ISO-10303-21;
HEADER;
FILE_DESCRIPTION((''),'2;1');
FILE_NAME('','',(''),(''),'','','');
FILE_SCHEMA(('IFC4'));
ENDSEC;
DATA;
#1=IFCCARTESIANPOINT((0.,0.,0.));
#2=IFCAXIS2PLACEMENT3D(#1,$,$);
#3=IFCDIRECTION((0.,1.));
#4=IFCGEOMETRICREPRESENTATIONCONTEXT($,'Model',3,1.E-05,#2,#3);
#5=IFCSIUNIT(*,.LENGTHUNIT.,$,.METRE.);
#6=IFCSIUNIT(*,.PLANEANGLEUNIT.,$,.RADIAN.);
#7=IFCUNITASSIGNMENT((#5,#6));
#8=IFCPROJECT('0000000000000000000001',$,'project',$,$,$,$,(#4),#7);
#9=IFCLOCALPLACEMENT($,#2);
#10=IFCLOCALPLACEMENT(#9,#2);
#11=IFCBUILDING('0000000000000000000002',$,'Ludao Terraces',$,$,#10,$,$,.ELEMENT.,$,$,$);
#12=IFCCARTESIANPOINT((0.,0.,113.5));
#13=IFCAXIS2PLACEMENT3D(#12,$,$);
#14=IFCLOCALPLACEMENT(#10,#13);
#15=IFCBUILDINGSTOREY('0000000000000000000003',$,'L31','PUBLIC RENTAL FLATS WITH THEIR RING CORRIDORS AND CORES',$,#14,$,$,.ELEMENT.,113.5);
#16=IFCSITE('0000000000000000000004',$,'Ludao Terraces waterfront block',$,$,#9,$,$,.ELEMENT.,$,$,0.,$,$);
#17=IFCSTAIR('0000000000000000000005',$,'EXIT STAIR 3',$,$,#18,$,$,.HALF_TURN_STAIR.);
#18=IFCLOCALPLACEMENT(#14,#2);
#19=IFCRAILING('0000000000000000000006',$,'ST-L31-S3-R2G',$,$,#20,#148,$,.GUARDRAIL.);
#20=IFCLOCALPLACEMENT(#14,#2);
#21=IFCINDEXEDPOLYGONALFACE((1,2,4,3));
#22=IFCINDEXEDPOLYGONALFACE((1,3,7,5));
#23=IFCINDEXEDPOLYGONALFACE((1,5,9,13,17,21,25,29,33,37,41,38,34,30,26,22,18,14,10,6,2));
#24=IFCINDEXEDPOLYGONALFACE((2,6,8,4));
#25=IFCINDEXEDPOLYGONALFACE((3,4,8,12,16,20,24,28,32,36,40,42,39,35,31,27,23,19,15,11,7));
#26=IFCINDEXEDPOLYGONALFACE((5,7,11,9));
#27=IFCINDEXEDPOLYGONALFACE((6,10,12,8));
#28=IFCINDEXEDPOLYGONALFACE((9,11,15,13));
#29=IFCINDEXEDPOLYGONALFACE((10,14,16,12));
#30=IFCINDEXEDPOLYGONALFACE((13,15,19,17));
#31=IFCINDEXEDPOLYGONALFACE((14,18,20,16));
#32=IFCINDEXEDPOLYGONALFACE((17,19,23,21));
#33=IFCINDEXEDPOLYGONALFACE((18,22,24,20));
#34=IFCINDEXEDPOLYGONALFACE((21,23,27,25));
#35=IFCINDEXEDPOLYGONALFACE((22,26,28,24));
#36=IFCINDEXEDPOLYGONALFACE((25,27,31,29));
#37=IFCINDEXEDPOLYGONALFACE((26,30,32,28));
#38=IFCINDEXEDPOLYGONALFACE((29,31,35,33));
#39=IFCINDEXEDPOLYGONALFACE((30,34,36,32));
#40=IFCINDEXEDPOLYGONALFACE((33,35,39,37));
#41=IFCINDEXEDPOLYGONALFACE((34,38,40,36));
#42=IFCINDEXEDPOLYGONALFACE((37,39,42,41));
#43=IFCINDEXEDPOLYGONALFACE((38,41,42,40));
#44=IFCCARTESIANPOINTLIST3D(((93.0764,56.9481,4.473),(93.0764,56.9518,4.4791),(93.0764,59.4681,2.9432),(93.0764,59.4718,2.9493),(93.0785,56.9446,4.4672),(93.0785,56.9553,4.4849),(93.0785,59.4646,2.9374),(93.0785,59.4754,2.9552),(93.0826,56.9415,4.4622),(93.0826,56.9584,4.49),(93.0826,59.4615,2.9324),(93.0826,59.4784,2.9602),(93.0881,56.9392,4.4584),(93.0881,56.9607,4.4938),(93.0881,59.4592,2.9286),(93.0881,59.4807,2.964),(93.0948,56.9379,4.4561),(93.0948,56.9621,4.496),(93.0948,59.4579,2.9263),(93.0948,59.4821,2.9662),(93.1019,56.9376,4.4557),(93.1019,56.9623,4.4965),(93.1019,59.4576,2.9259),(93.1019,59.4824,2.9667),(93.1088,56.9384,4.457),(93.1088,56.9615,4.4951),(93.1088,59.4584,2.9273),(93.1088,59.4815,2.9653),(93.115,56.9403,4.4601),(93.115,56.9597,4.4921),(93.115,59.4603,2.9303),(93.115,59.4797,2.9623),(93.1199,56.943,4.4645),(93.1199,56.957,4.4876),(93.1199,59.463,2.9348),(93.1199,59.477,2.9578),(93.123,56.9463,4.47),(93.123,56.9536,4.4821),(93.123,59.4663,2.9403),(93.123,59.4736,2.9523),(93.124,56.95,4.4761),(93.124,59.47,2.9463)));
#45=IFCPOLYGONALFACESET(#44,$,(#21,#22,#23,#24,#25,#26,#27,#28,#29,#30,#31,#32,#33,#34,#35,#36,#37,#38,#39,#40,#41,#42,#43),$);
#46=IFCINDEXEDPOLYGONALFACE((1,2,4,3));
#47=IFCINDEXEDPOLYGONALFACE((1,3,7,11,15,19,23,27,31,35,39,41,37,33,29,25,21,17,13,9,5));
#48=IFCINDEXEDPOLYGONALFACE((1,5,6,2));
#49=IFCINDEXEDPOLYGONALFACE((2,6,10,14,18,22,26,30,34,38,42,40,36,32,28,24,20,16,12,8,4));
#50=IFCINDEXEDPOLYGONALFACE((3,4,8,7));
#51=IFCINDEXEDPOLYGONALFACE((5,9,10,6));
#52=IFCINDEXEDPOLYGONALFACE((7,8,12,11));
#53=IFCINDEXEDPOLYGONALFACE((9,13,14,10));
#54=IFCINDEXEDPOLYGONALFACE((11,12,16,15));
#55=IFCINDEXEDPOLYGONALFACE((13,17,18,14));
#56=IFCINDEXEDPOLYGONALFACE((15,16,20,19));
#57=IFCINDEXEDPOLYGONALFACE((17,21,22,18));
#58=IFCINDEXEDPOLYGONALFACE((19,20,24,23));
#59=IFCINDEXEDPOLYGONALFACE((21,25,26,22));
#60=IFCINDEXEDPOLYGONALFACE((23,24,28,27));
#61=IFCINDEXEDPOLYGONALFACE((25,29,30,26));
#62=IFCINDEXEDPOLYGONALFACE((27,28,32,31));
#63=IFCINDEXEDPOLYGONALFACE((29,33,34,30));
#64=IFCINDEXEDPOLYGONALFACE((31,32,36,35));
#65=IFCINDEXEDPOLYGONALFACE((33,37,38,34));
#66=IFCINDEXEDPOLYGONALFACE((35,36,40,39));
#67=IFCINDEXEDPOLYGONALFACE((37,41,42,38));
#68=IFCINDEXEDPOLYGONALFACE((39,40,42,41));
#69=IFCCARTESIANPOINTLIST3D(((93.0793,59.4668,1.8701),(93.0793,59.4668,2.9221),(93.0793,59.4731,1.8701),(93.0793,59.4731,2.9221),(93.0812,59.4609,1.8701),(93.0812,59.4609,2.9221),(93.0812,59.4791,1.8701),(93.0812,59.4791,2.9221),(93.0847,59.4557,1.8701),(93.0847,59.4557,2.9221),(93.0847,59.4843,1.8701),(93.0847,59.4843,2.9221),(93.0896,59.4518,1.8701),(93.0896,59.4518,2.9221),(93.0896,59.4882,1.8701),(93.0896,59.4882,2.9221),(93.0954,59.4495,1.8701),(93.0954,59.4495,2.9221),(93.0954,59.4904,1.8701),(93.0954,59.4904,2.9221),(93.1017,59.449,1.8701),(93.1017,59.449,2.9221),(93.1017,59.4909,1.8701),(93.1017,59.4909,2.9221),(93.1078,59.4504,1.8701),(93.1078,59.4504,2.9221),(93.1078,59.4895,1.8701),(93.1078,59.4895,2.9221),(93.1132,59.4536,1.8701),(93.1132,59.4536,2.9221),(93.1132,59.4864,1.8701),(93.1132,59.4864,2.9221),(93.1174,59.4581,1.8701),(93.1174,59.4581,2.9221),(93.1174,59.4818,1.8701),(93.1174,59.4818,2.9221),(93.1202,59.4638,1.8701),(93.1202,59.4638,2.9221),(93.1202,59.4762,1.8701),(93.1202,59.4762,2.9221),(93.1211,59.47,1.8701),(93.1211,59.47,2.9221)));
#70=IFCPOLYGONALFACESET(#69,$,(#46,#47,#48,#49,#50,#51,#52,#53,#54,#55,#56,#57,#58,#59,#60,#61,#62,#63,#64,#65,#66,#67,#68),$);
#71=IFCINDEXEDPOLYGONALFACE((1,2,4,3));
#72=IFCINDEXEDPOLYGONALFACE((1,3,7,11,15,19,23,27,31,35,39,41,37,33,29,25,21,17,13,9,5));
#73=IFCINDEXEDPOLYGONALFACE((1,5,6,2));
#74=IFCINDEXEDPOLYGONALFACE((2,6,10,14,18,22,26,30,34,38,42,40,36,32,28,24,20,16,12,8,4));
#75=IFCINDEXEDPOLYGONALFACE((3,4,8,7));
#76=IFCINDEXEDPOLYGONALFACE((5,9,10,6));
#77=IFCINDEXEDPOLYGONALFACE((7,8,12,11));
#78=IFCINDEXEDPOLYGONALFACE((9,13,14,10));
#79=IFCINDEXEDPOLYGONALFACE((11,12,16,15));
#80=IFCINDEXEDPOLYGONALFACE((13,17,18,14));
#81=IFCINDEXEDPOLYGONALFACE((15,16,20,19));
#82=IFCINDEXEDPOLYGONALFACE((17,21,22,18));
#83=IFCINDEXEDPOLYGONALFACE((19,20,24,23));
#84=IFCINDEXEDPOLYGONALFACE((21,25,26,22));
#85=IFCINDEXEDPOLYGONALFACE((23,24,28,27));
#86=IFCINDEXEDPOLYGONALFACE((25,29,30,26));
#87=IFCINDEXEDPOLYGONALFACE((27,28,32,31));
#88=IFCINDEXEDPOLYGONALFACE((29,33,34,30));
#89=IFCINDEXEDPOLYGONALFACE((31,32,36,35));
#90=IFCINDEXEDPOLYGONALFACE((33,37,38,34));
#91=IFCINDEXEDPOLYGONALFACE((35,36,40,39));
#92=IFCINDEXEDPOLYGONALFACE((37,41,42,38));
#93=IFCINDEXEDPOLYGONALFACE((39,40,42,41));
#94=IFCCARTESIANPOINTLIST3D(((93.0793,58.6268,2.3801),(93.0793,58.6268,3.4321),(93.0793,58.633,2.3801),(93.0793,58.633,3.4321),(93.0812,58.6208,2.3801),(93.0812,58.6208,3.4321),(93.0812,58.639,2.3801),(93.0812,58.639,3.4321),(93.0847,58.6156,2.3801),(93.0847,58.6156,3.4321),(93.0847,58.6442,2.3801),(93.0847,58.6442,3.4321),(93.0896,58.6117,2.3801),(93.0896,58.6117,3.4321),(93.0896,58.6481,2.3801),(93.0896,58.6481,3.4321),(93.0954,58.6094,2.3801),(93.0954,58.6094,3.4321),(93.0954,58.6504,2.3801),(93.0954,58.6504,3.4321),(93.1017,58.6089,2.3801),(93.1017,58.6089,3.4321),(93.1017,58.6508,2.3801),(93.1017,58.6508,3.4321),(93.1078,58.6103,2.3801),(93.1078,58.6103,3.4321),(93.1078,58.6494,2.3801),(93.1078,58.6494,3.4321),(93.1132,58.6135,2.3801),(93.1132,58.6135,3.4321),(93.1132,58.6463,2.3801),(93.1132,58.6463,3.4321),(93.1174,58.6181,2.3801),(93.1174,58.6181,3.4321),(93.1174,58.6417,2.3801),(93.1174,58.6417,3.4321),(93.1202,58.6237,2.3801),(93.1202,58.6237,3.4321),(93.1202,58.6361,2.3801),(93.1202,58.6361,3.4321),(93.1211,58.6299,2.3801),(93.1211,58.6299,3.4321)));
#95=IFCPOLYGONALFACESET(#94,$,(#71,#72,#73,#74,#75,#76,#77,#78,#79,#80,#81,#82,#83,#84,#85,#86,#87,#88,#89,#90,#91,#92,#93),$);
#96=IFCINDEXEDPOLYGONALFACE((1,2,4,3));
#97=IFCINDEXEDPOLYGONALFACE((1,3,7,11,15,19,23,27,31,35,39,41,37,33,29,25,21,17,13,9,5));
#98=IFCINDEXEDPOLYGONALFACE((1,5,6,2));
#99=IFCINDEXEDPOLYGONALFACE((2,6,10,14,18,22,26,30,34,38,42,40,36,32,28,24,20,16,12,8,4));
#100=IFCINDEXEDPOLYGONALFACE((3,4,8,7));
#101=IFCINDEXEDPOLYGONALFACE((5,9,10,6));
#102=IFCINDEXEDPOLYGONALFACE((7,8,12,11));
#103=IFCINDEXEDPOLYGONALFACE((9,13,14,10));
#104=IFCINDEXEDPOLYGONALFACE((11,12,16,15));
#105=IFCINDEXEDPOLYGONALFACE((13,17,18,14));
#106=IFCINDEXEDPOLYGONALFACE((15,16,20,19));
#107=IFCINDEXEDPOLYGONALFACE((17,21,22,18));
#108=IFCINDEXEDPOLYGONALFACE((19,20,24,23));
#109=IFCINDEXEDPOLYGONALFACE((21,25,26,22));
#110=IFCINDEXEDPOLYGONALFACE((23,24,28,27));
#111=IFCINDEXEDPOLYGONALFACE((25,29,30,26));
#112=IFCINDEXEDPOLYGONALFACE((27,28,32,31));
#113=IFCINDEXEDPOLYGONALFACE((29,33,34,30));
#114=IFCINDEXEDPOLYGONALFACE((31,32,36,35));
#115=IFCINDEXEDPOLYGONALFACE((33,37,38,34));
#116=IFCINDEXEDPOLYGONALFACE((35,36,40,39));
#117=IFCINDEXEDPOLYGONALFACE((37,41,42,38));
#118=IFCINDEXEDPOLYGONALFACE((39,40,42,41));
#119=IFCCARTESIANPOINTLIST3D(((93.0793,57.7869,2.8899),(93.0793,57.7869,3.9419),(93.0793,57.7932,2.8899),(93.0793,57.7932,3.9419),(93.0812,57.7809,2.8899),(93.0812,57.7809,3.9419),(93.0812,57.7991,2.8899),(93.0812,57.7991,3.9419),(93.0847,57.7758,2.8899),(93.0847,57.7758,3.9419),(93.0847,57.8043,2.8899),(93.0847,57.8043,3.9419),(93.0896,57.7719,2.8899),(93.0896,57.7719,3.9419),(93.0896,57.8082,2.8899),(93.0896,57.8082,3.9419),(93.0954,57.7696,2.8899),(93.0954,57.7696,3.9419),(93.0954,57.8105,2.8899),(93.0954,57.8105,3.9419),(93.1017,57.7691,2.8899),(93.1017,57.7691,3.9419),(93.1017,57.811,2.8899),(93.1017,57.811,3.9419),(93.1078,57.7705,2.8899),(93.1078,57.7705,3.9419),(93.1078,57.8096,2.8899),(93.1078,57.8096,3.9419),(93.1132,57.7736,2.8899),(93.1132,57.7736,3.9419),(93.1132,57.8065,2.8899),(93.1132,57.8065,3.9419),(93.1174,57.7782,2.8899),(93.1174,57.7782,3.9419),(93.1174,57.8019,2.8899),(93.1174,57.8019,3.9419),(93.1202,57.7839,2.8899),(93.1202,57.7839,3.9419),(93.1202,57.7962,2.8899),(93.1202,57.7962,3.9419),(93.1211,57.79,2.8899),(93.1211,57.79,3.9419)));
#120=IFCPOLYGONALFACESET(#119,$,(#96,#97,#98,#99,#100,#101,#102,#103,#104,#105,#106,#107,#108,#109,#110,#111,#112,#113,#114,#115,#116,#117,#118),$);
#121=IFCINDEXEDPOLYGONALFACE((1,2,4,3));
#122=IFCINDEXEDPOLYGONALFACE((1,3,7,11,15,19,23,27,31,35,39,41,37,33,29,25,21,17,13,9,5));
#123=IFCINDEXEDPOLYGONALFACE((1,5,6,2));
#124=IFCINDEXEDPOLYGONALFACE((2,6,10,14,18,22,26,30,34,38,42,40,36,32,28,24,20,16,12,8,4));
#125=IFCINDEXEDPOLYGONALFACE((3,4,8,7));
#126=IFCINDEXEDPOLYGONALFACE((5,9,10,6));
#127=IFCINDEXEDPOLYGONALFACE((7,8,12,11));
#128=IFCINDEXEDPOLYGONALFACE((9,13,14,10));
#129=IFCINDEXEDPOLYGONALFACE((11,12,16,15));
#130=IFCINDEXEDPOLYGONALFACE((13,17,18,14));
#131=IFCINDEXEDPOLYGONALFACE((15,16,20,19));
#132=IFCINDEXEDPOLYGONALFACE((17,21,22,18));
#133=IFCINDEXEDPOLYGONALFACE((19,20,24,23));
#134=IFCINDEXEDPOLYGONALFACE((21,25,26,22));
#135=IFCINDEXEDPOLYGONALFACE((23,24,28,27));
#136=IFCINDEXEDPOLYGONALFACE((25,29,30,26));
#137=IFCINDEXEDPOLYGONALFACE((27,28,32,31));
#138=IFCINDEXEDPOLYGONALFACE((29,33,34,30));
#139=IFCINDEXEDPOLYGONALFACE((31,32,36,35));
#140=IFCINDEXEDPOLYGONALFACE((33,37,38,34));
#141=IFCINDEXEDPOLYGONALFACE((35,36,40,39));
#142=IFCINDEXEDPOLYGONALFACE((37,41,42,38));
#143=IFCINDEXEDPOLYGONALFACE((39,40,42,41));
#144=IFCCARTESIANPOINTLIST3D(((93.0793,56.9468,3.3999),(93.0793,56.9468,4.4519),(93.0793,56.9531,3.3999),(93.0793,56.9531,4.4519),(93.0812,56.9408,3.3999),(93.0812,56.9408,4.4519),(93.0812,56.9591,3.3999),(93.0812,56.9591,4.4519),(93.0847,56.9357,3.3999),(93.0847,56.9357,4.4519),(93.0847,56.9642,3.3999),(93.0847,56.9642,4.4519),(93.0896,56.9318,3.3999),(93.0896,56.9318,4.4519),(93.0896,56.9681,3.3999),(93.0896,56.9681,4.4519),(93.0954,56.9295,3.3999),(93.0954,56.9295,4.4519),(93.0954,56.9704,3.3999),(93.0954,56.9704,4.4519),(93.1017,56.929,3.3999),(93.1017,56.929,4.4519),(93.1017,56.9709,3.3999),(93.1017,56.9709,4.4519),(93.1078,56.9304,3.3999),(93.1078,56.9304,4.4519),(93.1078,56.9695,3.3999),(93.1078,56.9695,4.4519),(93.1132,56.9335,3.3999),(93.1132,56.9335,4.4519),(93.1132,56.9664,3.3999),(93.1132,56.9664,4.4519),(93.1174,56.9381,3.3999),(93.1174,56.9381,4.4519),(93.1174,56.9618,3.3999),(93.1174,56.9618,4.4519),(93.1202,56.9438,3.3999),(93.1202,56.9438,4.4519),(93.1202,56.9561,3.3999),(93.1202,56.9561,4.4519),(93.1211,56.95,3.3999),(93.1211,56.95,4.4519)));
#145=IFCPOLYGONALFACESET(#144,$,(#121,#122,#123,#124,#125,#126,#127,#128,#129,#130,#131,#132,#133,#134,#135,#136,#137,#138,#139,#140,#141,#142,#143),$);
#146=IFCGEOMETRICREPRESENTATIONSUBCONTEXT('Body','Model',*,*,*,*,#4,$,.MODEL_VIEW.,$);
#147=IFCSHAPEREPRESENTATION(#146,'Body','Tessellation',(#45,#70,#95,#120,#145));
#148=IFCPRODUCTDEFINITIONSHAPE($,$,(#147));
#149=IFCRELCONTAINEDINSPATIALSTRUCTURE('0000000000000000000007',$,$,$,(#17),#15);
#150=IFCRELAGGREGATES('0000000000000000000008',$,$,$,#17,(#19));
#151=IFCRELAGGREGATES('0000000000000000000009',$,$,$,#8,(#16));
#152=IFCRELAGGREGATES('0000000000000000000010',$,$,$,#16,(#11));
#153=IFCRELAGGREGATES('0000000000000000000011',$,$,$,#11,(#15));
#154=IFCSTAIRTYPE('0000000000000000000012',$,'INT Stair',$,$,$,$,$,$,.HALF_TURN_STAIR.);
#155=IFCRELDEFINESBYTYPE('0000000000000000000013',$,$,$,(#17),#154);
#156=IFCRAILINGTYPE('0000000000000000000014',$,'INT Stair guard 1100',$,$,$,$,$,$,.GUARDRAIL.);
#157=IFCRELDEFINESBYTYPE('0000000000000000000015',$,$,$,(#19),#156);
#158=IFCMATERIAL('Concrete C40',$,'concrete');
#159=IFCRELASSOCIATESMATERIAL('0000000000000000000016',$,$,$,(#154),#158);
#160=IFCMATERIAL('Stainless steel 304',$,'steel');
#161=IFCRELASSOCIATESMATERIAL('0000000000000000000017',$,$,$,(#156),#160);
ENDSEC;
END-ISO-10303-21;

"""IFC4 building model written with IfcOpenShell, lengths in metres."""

from ifc_helpers import new_model, si_unit, direction, frame, origin, origin_2d, place, context, subcontext, project, spatial, circle, extrude, material, type_object, element, aggregate, save


model = new_model("IFC4")

# Units and contexts
model_context = context("Model", 3, precision=1e-05, world=origin(), true_north=direction((0.0, 1.0)))
body_context = subcontext(model_context, "Body", "Model", "MODEL_VIEW")
ifc_project = project(units=[si_unit("LENGTHUNIT", "METRE"), si_unit("PLANEANGLEUNIT", "RADIAN")], contexts=[model_context])

# Site, building, storey
site_placement = place(None, origin())
site = spatial("IfcSite", under=ifc_project, at=site_placement, Name="Ludao Terraces waterfront block", CompositionType="ELEMENT", RefElevation=0.0)
building_placement = place(site_placement, origin())
building = spatial("IfcBuilding", under=site, at=building_placement, Name="Ludao Terraces", CompositionType="ELEMENT")
storey_placement = place(building_placement, frame((0.0, 0.0, 113.5)))
storey = spatial("IfcBuildingStorey", under=building, at=storey_placement, Name="L31", Description="PUBLIC RENTAL FLATS WITH THEIR RING CORRIDORS AND CORES", CompositionType="ELEMENT", Elevation=113.5)

# Shared definitions
ifc_material_1 = material(Name="Concrete C40", Category="concrete")

# Stair, railing
stair_type = type_object("IfcStairType", Name="INT Stair", PredefinedType="HALF_TURN_STAIR", material=ifc_material_1)
stair_placement = place(storey_placement, origin())
stair = element("IfcStair", 1, at=stair_placement, inside=storey, type_object=stair_type, Name="EXIT STAIR 3", PredefinedType="HALF_TURN_STAIR")
ifc_material_2 = material(Name="Stainless steel 304", Category="steel")
railing_type_1 = type_object("IfcRailingType", Name="INT Stair guard 1100", PredefinedType="GUARDRAIL", material=ifc_material_2)
railing_1_placement = place(storey_placement, frame((93.1001, 59.47, 1.8701)))
railing_1 = element("IfcRailing", 2, at=railing_1_placement, type_object=railing_type_1, Name="ST-L31-S3-R2G", PredefinedType="GUARDRAIL", context=body_context, shape_type="SweptSolid", body=[
    extrude(circle(Radius=0.0239, at=origin_2d()), frame((0.0, 0.0, 1.0762), z_axis=(0.0, -0.854822, 0.518922), x_axis=(1.0, 0.0, 0.0)), (0.0, 0.0, 1.0), 2.948),
    extrude(circle(Radius=0.021, at=origin_2d()), origin(), (0.0, 0.0, 1.0), 1.052),
    extrude(circle(Radius=0.021, at=origin_2d()), frame((0.0, -0.8401, 0.51)), (0.0, 0.0, 1.0), 1.052),
    extrude(circle(Radius=0.021, at=origin_2d()), frame((0.0, -1.6799, 1.0198)), (0.0, 0.0, 1.0), 1.052),
    extrude(circle(Radius=0.021, at=origin_2d()), frame((0.0, -2.52, 1.5298)), (0.0, 0.0, 1.0), 1.052),
])
aggregate(stair, [railing_1])

save(model, "model.ifc")
